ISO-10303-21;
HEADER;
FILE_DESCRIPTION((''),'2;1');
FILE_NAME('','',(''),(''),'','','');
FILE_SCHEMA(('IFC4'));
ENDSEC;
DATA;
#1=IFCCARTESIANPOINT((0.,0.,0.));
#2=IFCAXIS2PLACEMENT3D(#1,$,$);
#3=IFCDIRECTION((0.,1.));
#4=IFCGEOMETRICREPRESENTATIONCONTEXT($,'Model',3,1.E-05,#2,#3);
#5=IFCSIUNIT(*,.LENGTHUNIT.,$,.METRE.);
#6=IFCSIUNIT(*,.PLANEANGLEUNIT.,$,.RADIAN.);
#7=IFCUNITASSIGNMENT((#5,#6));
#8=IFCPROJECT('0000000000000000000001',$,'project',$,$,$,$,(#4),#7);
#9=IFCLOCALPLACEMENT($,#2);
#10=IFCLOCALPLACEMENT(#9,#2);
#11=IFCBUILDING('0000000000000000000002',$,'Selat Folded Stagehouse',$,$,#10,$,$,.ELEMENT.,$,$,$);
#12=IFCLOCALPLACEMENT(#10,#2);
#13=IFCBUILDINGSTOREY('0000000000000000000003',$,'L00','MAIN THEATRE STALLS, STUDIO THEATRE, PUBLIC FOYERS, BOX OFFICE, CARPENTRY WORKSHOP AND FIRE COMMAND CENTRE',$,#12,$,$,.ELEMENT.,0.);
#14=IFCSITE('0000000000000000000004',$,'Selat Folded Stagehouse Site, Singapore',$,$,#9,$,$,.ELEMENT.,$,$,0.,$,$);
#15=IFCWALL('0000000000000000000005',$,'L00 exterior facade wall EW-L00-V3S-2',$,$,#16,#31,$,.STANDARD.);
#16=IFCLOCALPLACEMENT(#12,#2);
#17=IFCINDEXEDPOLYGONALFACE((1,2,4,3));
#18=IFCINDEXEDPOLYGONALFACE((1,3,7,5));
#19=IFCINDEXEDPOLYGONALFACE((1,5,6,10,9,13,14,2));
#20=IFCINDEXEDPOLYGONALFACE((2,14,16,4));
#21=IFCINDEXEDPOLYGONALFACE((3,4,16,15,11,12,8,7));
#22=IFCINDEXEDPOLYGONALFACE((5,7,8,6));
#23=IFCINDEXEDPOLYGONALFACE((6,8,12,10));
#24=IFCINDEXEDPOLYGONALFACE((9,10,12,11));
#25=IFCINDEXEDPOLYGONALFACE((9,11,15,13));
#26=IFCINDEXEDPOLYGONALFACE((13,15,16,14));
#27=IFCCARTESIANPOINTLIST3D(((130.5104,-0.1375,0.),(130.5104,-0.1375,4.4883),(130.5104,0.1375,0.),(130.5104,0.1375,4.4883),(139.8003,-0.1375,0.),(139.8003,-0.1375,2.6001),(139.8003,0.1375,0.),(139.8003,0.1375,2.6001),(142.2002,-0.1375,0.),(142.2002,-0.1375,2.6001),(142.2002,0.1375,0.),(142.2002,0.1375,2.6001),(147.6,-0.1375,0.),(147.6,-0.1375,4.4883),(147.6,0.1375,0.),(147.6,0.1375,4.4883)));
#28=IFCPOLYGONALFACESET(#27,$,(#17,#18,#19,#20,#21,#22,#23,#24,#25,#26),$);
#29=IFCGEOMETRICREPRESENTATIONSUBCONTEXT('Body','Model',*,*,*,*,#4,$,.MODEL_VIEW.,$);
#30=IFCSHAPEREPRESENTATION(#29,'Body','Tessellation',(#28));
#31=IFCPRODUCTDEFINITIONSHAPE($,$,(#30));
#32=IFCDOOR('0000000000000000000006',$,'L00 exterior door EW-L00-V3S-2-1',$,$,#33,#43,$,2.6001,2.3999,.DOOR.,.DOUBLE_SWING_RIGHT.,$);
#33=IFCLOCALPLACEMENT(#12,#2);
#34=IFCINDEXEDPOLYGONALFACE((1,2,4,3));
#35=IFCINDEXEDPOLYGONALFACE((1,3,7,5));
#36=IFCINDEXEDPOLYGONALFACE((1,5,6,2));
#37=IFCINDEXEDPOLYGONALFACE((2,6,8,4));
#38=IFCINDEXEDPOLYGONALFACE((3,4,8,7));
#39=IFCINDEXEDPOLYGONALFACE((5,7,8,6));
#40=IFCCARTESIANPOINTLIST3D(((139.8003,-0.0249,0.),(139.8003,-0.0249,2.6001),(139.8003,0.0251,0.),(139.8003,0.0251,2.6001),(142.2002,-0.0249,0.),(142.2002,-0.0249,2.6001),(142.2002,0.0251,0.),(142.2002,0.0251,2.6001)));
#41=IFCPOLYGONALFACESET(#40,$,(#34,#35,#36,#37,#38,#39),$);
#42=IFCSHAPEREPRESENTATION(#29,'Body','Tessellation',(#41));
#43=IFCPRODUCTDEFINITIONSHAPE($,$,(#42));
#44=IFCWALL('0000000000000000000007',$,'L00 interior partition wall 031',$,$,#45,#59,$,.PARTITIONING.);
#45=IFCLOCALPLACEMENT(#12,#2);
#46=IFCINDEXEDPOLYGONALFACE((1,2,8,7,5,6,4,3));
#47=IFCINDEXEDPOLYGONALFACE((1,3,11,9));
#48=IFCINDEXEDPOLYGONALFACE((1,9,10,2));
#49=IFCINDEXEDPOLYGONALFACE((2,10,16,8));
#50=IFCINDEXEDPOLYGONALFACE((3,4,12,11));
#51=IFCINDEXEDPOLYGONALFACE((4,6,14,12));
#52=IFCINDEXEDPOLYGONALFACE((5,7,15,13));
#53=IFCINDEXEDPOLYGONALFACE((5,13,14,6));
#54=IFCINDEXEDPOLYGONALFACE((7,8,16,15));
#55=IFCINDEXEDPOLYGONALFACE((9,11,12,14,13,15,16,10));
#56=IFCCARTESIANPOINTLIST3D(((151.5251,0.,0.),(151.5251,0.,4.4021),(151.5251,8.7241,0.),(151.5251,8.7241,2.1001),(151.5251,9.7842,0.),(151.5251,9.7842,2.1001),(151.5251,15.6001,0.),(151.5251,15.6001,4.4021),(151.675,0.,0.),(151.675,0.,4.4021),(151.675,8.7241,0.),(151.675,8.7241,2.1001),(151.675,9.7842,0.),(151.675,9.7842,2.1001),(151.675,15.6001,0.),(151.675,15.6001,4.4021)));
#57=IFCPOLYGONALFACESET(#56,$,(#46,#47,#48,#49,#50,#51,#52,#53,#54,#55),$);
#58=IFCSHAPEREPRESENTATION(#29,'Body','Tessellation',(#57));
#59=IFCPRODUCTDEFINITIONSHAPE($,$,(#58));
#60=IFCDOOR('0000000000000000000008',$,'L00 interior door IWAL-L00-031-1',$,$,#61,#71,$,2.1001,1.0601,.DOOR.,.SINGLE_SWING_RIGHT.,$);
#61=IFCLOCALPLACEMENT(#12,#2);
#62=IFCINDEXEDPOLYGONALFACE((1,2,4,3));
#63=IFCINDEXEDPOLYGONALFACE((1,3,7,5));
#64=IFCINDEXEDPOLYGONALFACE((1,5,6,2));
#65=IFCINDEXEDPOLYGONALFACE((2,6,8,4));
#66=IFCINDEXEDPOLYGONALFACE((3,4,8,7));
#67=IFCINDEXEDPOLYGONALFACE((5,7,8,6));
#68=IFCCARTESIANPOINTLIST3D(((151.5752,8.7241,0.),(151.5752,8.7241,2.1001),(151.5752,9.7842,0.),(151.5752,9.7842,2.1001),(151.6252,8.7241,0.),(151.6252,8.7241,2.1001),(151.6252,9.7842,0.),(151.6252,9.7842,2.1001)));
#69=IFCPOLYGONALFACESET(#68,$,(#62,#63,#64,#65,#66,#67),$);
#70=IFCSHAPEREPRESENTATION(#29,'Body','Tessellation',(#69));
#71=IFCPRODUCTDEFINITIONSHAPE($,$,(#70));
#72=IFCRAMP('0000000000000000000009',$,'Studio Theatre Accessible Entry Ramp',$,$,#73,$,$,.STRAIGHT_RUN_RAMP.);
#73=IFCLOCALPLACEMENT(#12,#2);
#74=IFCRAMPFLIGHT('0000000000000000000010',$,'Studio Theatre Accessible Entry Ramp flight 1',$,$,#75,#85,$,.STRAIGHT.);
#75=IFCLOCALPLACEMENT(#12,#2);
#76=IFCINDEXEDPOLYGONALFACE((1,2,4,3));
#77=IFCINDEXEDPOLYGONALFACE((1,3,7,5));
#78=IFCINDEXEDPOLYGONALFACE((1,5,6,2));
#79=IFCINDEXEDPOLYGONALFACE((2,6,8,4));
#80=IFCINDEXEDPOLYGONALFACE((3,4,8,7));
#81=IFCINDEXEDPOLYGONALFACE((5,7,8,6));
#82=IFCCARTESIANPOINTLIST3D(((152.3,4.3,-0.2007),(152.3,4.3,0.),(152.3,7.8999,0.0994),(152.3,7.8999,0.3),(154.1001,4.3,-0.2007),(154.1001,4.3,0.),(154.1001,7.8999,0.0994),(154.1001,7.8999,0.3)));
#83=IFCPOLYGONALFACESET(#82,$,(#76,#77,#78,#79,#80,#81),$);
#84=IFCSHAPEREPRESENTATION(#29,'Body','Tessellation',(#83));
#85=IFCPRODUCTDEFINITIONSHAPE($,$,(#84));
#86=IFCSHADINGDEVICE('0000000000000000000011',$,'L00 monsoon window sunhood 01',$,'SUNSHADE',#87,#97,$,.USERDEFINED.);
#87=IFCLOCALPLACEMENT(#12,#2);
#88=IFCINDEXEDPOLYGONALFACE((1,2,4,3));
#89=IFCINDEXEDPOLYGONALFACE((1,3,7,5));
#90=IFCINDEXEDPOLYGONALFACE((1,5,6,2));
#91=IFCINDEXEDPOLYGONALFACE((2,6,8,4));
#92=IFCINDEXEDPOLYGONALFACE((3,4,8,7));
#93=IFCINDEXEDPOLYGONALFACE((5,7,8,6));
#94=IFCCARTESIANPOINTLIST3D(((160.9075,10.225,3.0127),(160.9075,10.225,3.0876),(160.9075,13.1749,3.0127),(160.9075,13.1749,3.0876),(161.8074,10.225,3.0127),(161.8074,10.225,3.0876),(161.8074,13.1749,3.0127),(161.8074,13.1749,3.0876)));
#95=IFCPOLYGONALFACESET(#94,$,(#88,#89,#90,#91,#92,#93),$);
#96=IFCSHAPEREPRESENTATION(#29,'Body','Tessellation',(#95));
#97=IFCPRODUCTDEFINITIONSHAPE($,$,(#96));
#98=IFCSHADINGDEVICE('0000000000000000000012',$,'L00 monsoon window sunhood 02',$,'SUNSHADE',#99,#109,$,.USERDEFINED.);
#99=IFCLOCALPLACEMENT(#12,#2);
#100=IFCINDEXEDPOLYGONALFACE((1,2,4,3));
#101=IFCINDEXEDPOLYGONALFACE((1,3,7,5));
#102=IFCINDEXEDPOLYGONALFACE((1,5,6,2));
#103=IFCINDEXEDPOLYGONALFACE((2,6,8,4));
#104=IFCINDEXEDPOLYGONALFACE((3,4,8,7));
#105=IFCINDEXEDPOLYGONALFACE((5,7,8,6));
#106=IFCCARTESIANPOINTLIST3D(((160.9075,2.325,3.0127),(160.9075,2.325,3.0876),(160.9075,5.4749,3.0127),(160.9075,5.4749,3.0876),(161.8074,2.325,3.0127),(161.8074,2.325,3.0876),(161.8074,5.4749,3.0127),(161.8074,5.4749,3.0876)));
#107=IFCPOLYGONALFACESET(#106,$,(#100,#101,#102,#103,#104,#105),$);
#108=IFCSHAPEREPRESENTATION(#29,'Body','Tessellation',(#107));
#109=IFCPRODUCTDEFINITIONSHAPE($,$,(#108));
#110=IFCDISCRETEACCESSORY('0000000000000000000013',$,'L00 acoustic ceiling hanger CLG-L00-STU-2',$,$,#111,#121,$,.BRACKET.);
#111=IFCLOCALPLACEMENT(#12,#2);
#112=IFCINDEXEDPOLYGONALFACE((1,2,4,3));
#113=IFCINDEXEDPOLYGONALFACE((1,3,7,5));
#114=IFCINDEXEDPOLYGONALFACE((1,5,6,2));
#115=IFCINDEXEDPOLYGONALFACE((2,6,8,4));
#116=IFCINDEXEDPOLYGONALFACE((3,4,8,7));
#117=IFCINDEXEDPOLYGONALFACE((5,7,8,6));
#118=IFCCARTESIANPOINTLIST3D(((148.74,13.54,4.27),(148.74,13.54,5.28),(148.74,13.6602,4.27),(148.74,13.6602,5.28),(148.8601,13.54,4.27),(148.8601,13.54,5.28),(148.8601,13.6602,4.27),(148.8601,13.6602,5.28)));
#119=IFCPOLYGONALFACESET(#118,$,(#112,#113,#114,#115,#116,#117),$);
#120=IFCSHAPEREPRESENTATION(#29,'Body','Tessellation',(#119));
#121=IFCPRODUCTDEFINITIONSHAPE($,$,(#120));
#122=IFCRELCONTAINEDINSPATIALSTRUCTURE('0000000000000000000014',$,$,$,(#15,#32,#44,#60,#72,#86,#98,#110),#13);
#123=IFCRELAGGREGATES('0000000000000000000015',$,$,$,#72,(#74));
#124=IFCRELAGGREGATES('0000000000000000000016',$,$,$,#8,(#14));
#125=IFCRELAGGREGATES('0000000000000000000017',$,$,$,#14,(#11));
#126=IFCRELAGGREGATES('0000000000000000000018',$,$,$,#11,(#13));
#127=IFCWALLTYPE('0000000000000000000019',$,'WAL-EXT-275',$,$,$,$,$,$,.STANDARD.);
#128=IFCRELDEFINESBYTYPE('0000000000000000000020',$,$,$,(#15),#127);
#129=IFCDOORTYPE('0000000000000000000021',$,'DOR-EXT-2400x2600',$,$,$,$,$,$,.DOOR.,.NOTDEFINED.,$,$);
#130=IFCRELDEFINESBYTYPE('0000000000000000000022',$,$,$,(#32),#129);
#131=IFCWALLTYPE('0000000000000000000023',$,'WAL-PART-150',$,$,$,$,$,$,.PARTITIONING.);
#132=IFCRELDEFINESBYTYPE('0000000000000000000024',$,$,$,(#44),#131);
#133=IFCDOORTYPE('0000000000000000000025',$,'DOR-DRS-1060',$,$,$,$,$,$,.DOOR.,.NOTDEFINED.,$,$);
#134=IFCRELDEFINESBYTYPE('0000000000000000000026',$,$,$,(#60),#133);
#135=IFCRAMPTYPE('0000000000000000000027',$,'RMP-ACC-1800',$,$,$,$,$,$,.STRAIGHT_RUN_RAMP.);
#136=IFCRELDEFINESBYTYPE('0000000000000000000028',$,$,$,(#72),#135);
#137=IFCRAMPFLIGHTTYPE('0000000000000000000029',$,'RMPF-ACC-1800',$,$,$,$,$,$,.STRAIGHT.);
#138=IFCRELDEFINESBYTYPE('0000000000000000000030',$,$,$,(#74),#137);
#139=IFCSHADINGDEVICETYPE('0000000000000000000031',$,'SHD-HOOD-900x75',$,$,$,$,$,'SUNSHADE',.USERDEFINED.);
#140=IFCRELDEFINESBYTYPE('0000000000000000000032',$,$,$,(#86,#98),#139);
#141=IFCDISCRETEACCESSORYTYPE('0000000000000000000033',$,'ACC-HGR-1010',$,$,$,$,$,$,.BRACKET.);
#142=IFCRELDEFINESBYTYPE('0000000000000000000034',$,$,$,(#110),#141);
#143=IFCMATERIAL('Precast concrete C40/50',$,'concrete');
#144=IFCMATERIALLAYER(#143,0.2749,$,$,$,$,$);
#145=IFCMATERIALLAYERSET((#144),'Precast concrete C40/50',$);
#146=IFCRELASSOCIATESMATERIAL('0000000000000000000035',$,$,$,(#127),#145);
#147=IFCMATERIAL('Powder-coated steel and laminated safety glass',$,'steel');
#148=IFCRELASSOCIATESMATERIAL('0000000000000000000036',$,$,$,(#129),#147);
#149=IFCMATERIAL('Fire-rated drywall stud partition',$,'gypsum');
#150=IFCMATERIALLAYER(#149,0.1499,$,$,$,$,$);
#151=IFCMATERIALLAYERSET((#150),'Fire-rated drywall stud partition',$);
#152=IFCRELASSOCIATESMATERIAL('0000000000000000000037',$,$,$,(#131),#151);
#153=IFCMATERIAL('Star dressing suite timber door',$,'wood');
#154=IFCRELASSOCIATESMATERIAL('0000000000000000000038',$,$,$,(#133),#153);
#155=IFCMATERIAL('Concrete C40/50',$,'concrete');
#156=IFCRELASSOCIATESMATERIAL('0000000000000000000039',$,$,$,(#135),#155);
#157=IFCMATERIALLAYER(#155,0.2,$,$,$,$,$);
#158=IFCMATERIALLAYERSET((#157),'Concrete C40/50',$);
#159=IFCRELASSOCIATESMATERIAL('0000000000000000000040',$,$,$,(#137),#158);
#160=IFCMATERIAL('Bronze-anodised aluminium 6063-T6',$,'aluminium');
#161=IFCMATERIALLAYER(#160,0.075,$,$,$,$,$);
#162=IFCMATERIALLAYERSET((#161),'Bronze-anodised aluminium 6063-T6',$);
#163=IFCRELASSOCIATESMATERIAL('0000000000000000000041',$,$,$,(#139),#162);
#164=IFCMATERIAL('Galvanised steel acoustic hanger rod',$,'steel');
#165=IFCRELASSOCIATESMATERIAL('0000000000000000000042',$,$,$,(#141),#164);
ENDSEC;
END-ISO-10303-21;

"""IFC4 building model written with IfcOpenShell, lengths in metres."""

from ifc_helpers import new_model, si_unit, direction, frame, frame_2d, origin, origin_2d, place, context, subcontext, project, spatial, polyline, rectangle, outline, extrude, material, layer, layer_set, type_object, element, fill, aggregate, save


model = new_model("IFC4")

# Units and contexts
model_context = context("Model", 3, precision=1e-05, world=origin(), true_north=direction((0.0, 1.0)))
body_context = subcontext(model_context, "Body", "Model", "MODEL_VIEW")
ifc_project = project(units=[si_unit("LENGTHUNIT", "METRE"), si_unit("PLANEANGLEUNIT", "RADIAN")], contexts=[model_context])

# Site, building, storey
site_placement = place(None, origin())
site = spatial("IfcSite", under=ifc_project, at=site_placement, Name="Selat Folded Stagehouse Site, Singapore", CompositionType="ELEMENT", RefElevation=0.0)
building_placement = place(site_placement, origin())
building = spatial("IfcBuilding", under=site, at=building_placement, Name="Selat Folded Stagehouse", CompositionType="ELEMENT")
storey_placement = place(building_placement, origin())
storey = spatial("IfcBuildingStorey", under=building, at=storey_placement, Name="L00", Description="MAIN THEATRE STALLS, STUDIO THEATRE, PUBLIC FOYERS, BOX OFFICE, CARPENTRY WORKSHOP AND FIRE COMMAND CENTRE", CompositionType="ELEMENT", Elevation=0.0)

# Shared definitions
ifc_material_1 = material(Name="Concrete C40/50", Category="concrete")

# Walls, openings, doors
ifc_material_2 = material(Name="Precast concrete C40/50", Category="concrete")
ifc_layer_1 = layer(ifc_material_2, 0.2749)
ifc_layer_set_1 = layer_set([ifc_layer_1], Name="Precast concrete C40/50")
wall_type_1 = type_object("IfcWallType", Name="WAL-EXT-275", PredefinedType="STANDARD", material=ifc_layer_set_1)
ifc_material_3 = material(Name="Powder-coated steel and laminated safety glass", Category="steel")
wall_1_placement = place(storey_placement, frame((147.6001, 0.0, 0.0), z_axis=(0.0, 0.0, 1.0), x_axis=(-1.0, 0.0, 0.0)))
wall_1 = element("IfcWall", 1, at=wall_1_placement, inside=storey, type_object=wall_type_1, Name="L00 exterior facade wall EW-L00-V3S-2", PredefinedType="STANDARD", context=body_context, shape_type="SweptSolid", body=[
    extrude(rectangle(XDim=17.0896, YDim=0.2749, at=frame_2d((8.5449, 0.0))), origin(), (0.0, 0.0, 1.0), 4.4883),
])
opening_1_placement = place(wall_1_placement, frame((5.3999, 0.0, 0.0)))
opening_1 = element("IfcOpeningElement", 2, at=opening_1_placement, cuts=wall_1, PredefinedType="OPENING", context=body_context, shape_type="SweptSolid", body=[
    extrude(rectangle(XDim=2.3999, YDim=2.6001, at=frame_2d((1.2, 1.3))), frame((0.0, 0.1475, 0.0), z_axis=(0.0, -1.0, 0.0), x_axis=(1.0, 0.0, 0.0)), (0.0, 0.0, 1.0), 0.2949),
])
door_type_1 = type_object("IfcDoorType", Name="DOR-EXT-2400x2600", OperationType="NOTDEFINED", PredefinedType="DOOR", material=ifc_material_3)
door_1_placement = place(opening_1_placement, origin())
door_1 = element("IfcDoor", 3, at=door_1_placement, inside=storey, type_object=door_type_1, Name="L00 exterior door EW-L00-V3S-2-1", OperationType="DOUBLE_SWING_RIGHT", OverallHeight=2.6001, OverallWidth=2.3999, PredefinedType="DOOR", context=body_context, shape_type="SweptSolid", body=[
    extrude(rectangle(XDim=2.3999, YDim=2.6001, at=frame_2d((1.2, 1.3))), frame((0.0, 0.0249, 0.0), z_axis=(0.0, -1.0, 0.0), x_axis=(1.0, 0.0, 0.0)), (0.0, 0.0, 1.0), 0.05),
])
fill(opening_1, door_1)
ifc_material_4 = material(Name="Fire-rated drywall stud partition", Category="gypsum")
ifc_layer_2 = layer(ifc_material_4, 0.1499)
ifc_layer_set_2 = layer_set([ifc_layer_2], Name="Fire-rated drywall stud partition")
wall_type_2 = type_object("IfcWallType", Name="WAL-PART-150", PredefinedType="PARTITIONING", material=ifc_layer_set_2)
wall_2_placement = place(storey_placement, frame((151.6001, 0.0, 0.0), z_axis=(0.0, 0.0, 1.0), x_axis=(0.0, 1.0, 0.0)))
wall_2 = element("IfcWall", 4, at=wall_2_placement, inside=storey, type_object=wall_type_2, Name="L00 interior partition wall 031", PredefinedType="PARTITIONING", context=body_context, shape_type="SweptSolid", body=[
    extrude(rectangle(XDim=15.6001, YDim=0.1499, at=frame_2d((7.8, 0.0))), origin(), (0.0, 0.0, 1.0), 4.4021),
])
opening_2_placement = place(wall_2_placement, frame((8.7241, 0.0, 0.0)))
opening_2 = element("IfcOpeningElement", 5, at=opening_2_placement, cuts=wall_2, PredefinedType="OPENING", context=body_context, shape_type="SweptSolid", body=[
    extrude(rectangle(XDim=1.0601, YDim=2.1001, at=frame_2d((0.53, 1.05))), frame((0.0, 0.085, 0.0), z_axis=(0.0, -1.0, 0.0), x_axis=(1.0, 0.0, 0.0)), (0.0, 0.0, 1.0), 0.1699),
])
ifc_material_5 = material(Name="Star dressing suite timber door", Category="wood")
door_type_2 = type_object("IfcDoorType", Name="DOR-DRS-1060", OperationType="NOTDEFINED", PredefinedType="DOOR", material=ifc_material_5)
door_2_placement = place(opening_2_placement, origin())
door_2 = element("IfcDoor", 6, at=door_2_placement, inside=storey, type_object=door_type_2, Name="L00 interior door IWAL-L00-031-1", OperationType="SINGLE_SWING_RIGHT", OverallHeight=2.1001, OverallWidth=1.0601, PredefinedType="DOOR", context=body_context, shape_type="SweptSolid", body=[
    extrude(rectangle(XDim=1.0601, YDim=2.1001, at=frame_2d((0.53, 1.05))), frame((0.0, 0.0249, 0.0), z_axis=(0.0, -1.0, 0.0), x_axis=(1.0, 0.0, 0.0)), (0.0, 0.0, 1.0), 0.05),
])
fill(opening_2, door_2)

# Ramp, ramp flight
ramp_type = type_object("IfcRampType", Name="RMP-ACC-1800", PredefinedType="STRAIGHT_RUN_RAMP", material=ifc_material_1)
ramp_placement = place(storey_placement, origin())
ramp = element("IfcRamp", 7, at=ramp_placement, inside=storey, type_object=ramp_type, Name="Studio Theatre Accessible Entry Ramp", PredefinedType="STRAIGHT_RUN_RAMP")
ifc_layer_3 = layer(ifc_material_1, 0.2)
ifc_layer_set_3 = layer_set([ifc_layer_3], Name="Concrete C40/50")
ramp_flight_type = type_object("IfcRampFlightType", Name="RMPF-ACC-1800", PredefinedType="STRAIGHT", material=ifc_layer_set_3)
ramp_flight_placement = place(storey_placement, frame((153.2, 4.3, 0.0), z_axis=(0.0, 0.0, 1.0), x_axis=(0.0, 1.0, 0.0)))
ramp_flight = element("IfcRampFlight", 8, at=ramp_flight_placement, type_object=ramp_flight_type, Name="Studio Theatre Accessible Entry Ramp flight 1", PredefinedType="STRAIGHT", context=body_context, shape_type="SweptSolid", body=[
    extrude(outline(polyline([(0.0, 0.0), (3.5999, 0.3), (3.5999, 0.0994), (0.0, -0.2007), (0.0, 0.0)])), frame((0.0, 0.8999, 0.0), z_axis=(0.0, -1.0, 0.0), x_axis=(1.0, 0.0, 0.0)), (0.0, 0.0, 1.0), 1.8),
])
aggregate(ramp, [ramp_flight])

# Shading devices
ifc_material_6 = material(Name="Bronze-anodised aluminium 6063-T6", Category="aluminium")
ifc_layer_4 = layer(ifc_material_6, 0.075)
ifc_layer_set_4 = layer_set([ifc_layer_4], Name="Bronze-anodised aluminium 6063-T6")
shading_device_type = type_object("IfcShadingDeviceType", Name="SHD-HOOD-900x75", ElementType="SUNSHADE", PredefinedType="USERDEFINED", material=ifc_layer_set_4)
shading_device_1_placement = place(storey_placement, frame((161.3574, 11.7, 3.0127), z_axis=(0.0, 0.0, 1.0), x_axis=(0.0, -1.0, 0.0)))
element("IfcShadingDevice", 9, at=shading_device_1_placement, inside=storey, type_object=shading_device_type, Name="L00 monsoon window sunhood 01", ObjectType="SUNSHADE", PredefinedType="USERDEFINED", context=body_context, shape_type="SweptSolid", body=[
    extrude(rectangle(XDim=2.95, YDim=0.8999, at=origin_2d()), origin(), (0.0, 0.0, 1.0), 0.075),
])
shading_device_2_placement = place(storey_placement, frame((161.3574, 3.8999, 3.0127), z_axis=(0.0, 0.0, 1.0), x_axis=(0.0, -1.0, 0.0)))
element("IfcShadingDevice", 10, at=shading_device_2_placement, inside=storey, type_object=shading_device_type, Name="L00 monsoon window sunhood 02", ObjectType="SUNSHADE", PredefinedType="USERDEFINED", context=body_context, shape_type="SweptSolid", body=[
    extrude(rectangle(XDim=3.1499, YDim=0.8999, at=origin_2d()), origin(), (0.0, 0.0, 1.0), 0.075),
])

# Discrete accessory
ifc_material_7 = material(Name="Galvanised steel acoustic hanger rod", Category="steel")
discrete_accessory_type = type_object("IfcDiscreteAccessoryType", Name="ACC-HGR-1010", PredefinedType="BRACKET", material=ifc_material_7)
discrete_accessory_placement = place(storey_placement, frame((148.8, 13.6001, 4.27), z_axis=(0.0, 0.0, 1.0), x_axis=(1.0, 0.0, 0.0)))
element("IfcDiscreteAccessory", 11, at=discrete_accessory_placement, inside=storey, type_object=discrete_accessory_type, Name="L00 acoustic ceiling hanger CLG-L00-STU-2", PredefinedType="BRACKET", context=body_context, shape_type="SweptSolid", body=[
    extrude(rectangle(XDim=0.1201, YDim=0.1201, at=origin_2d()), origin(), (0.0, 0.0, 1.0), 1.01),
])

save(model, "model.ifc")
